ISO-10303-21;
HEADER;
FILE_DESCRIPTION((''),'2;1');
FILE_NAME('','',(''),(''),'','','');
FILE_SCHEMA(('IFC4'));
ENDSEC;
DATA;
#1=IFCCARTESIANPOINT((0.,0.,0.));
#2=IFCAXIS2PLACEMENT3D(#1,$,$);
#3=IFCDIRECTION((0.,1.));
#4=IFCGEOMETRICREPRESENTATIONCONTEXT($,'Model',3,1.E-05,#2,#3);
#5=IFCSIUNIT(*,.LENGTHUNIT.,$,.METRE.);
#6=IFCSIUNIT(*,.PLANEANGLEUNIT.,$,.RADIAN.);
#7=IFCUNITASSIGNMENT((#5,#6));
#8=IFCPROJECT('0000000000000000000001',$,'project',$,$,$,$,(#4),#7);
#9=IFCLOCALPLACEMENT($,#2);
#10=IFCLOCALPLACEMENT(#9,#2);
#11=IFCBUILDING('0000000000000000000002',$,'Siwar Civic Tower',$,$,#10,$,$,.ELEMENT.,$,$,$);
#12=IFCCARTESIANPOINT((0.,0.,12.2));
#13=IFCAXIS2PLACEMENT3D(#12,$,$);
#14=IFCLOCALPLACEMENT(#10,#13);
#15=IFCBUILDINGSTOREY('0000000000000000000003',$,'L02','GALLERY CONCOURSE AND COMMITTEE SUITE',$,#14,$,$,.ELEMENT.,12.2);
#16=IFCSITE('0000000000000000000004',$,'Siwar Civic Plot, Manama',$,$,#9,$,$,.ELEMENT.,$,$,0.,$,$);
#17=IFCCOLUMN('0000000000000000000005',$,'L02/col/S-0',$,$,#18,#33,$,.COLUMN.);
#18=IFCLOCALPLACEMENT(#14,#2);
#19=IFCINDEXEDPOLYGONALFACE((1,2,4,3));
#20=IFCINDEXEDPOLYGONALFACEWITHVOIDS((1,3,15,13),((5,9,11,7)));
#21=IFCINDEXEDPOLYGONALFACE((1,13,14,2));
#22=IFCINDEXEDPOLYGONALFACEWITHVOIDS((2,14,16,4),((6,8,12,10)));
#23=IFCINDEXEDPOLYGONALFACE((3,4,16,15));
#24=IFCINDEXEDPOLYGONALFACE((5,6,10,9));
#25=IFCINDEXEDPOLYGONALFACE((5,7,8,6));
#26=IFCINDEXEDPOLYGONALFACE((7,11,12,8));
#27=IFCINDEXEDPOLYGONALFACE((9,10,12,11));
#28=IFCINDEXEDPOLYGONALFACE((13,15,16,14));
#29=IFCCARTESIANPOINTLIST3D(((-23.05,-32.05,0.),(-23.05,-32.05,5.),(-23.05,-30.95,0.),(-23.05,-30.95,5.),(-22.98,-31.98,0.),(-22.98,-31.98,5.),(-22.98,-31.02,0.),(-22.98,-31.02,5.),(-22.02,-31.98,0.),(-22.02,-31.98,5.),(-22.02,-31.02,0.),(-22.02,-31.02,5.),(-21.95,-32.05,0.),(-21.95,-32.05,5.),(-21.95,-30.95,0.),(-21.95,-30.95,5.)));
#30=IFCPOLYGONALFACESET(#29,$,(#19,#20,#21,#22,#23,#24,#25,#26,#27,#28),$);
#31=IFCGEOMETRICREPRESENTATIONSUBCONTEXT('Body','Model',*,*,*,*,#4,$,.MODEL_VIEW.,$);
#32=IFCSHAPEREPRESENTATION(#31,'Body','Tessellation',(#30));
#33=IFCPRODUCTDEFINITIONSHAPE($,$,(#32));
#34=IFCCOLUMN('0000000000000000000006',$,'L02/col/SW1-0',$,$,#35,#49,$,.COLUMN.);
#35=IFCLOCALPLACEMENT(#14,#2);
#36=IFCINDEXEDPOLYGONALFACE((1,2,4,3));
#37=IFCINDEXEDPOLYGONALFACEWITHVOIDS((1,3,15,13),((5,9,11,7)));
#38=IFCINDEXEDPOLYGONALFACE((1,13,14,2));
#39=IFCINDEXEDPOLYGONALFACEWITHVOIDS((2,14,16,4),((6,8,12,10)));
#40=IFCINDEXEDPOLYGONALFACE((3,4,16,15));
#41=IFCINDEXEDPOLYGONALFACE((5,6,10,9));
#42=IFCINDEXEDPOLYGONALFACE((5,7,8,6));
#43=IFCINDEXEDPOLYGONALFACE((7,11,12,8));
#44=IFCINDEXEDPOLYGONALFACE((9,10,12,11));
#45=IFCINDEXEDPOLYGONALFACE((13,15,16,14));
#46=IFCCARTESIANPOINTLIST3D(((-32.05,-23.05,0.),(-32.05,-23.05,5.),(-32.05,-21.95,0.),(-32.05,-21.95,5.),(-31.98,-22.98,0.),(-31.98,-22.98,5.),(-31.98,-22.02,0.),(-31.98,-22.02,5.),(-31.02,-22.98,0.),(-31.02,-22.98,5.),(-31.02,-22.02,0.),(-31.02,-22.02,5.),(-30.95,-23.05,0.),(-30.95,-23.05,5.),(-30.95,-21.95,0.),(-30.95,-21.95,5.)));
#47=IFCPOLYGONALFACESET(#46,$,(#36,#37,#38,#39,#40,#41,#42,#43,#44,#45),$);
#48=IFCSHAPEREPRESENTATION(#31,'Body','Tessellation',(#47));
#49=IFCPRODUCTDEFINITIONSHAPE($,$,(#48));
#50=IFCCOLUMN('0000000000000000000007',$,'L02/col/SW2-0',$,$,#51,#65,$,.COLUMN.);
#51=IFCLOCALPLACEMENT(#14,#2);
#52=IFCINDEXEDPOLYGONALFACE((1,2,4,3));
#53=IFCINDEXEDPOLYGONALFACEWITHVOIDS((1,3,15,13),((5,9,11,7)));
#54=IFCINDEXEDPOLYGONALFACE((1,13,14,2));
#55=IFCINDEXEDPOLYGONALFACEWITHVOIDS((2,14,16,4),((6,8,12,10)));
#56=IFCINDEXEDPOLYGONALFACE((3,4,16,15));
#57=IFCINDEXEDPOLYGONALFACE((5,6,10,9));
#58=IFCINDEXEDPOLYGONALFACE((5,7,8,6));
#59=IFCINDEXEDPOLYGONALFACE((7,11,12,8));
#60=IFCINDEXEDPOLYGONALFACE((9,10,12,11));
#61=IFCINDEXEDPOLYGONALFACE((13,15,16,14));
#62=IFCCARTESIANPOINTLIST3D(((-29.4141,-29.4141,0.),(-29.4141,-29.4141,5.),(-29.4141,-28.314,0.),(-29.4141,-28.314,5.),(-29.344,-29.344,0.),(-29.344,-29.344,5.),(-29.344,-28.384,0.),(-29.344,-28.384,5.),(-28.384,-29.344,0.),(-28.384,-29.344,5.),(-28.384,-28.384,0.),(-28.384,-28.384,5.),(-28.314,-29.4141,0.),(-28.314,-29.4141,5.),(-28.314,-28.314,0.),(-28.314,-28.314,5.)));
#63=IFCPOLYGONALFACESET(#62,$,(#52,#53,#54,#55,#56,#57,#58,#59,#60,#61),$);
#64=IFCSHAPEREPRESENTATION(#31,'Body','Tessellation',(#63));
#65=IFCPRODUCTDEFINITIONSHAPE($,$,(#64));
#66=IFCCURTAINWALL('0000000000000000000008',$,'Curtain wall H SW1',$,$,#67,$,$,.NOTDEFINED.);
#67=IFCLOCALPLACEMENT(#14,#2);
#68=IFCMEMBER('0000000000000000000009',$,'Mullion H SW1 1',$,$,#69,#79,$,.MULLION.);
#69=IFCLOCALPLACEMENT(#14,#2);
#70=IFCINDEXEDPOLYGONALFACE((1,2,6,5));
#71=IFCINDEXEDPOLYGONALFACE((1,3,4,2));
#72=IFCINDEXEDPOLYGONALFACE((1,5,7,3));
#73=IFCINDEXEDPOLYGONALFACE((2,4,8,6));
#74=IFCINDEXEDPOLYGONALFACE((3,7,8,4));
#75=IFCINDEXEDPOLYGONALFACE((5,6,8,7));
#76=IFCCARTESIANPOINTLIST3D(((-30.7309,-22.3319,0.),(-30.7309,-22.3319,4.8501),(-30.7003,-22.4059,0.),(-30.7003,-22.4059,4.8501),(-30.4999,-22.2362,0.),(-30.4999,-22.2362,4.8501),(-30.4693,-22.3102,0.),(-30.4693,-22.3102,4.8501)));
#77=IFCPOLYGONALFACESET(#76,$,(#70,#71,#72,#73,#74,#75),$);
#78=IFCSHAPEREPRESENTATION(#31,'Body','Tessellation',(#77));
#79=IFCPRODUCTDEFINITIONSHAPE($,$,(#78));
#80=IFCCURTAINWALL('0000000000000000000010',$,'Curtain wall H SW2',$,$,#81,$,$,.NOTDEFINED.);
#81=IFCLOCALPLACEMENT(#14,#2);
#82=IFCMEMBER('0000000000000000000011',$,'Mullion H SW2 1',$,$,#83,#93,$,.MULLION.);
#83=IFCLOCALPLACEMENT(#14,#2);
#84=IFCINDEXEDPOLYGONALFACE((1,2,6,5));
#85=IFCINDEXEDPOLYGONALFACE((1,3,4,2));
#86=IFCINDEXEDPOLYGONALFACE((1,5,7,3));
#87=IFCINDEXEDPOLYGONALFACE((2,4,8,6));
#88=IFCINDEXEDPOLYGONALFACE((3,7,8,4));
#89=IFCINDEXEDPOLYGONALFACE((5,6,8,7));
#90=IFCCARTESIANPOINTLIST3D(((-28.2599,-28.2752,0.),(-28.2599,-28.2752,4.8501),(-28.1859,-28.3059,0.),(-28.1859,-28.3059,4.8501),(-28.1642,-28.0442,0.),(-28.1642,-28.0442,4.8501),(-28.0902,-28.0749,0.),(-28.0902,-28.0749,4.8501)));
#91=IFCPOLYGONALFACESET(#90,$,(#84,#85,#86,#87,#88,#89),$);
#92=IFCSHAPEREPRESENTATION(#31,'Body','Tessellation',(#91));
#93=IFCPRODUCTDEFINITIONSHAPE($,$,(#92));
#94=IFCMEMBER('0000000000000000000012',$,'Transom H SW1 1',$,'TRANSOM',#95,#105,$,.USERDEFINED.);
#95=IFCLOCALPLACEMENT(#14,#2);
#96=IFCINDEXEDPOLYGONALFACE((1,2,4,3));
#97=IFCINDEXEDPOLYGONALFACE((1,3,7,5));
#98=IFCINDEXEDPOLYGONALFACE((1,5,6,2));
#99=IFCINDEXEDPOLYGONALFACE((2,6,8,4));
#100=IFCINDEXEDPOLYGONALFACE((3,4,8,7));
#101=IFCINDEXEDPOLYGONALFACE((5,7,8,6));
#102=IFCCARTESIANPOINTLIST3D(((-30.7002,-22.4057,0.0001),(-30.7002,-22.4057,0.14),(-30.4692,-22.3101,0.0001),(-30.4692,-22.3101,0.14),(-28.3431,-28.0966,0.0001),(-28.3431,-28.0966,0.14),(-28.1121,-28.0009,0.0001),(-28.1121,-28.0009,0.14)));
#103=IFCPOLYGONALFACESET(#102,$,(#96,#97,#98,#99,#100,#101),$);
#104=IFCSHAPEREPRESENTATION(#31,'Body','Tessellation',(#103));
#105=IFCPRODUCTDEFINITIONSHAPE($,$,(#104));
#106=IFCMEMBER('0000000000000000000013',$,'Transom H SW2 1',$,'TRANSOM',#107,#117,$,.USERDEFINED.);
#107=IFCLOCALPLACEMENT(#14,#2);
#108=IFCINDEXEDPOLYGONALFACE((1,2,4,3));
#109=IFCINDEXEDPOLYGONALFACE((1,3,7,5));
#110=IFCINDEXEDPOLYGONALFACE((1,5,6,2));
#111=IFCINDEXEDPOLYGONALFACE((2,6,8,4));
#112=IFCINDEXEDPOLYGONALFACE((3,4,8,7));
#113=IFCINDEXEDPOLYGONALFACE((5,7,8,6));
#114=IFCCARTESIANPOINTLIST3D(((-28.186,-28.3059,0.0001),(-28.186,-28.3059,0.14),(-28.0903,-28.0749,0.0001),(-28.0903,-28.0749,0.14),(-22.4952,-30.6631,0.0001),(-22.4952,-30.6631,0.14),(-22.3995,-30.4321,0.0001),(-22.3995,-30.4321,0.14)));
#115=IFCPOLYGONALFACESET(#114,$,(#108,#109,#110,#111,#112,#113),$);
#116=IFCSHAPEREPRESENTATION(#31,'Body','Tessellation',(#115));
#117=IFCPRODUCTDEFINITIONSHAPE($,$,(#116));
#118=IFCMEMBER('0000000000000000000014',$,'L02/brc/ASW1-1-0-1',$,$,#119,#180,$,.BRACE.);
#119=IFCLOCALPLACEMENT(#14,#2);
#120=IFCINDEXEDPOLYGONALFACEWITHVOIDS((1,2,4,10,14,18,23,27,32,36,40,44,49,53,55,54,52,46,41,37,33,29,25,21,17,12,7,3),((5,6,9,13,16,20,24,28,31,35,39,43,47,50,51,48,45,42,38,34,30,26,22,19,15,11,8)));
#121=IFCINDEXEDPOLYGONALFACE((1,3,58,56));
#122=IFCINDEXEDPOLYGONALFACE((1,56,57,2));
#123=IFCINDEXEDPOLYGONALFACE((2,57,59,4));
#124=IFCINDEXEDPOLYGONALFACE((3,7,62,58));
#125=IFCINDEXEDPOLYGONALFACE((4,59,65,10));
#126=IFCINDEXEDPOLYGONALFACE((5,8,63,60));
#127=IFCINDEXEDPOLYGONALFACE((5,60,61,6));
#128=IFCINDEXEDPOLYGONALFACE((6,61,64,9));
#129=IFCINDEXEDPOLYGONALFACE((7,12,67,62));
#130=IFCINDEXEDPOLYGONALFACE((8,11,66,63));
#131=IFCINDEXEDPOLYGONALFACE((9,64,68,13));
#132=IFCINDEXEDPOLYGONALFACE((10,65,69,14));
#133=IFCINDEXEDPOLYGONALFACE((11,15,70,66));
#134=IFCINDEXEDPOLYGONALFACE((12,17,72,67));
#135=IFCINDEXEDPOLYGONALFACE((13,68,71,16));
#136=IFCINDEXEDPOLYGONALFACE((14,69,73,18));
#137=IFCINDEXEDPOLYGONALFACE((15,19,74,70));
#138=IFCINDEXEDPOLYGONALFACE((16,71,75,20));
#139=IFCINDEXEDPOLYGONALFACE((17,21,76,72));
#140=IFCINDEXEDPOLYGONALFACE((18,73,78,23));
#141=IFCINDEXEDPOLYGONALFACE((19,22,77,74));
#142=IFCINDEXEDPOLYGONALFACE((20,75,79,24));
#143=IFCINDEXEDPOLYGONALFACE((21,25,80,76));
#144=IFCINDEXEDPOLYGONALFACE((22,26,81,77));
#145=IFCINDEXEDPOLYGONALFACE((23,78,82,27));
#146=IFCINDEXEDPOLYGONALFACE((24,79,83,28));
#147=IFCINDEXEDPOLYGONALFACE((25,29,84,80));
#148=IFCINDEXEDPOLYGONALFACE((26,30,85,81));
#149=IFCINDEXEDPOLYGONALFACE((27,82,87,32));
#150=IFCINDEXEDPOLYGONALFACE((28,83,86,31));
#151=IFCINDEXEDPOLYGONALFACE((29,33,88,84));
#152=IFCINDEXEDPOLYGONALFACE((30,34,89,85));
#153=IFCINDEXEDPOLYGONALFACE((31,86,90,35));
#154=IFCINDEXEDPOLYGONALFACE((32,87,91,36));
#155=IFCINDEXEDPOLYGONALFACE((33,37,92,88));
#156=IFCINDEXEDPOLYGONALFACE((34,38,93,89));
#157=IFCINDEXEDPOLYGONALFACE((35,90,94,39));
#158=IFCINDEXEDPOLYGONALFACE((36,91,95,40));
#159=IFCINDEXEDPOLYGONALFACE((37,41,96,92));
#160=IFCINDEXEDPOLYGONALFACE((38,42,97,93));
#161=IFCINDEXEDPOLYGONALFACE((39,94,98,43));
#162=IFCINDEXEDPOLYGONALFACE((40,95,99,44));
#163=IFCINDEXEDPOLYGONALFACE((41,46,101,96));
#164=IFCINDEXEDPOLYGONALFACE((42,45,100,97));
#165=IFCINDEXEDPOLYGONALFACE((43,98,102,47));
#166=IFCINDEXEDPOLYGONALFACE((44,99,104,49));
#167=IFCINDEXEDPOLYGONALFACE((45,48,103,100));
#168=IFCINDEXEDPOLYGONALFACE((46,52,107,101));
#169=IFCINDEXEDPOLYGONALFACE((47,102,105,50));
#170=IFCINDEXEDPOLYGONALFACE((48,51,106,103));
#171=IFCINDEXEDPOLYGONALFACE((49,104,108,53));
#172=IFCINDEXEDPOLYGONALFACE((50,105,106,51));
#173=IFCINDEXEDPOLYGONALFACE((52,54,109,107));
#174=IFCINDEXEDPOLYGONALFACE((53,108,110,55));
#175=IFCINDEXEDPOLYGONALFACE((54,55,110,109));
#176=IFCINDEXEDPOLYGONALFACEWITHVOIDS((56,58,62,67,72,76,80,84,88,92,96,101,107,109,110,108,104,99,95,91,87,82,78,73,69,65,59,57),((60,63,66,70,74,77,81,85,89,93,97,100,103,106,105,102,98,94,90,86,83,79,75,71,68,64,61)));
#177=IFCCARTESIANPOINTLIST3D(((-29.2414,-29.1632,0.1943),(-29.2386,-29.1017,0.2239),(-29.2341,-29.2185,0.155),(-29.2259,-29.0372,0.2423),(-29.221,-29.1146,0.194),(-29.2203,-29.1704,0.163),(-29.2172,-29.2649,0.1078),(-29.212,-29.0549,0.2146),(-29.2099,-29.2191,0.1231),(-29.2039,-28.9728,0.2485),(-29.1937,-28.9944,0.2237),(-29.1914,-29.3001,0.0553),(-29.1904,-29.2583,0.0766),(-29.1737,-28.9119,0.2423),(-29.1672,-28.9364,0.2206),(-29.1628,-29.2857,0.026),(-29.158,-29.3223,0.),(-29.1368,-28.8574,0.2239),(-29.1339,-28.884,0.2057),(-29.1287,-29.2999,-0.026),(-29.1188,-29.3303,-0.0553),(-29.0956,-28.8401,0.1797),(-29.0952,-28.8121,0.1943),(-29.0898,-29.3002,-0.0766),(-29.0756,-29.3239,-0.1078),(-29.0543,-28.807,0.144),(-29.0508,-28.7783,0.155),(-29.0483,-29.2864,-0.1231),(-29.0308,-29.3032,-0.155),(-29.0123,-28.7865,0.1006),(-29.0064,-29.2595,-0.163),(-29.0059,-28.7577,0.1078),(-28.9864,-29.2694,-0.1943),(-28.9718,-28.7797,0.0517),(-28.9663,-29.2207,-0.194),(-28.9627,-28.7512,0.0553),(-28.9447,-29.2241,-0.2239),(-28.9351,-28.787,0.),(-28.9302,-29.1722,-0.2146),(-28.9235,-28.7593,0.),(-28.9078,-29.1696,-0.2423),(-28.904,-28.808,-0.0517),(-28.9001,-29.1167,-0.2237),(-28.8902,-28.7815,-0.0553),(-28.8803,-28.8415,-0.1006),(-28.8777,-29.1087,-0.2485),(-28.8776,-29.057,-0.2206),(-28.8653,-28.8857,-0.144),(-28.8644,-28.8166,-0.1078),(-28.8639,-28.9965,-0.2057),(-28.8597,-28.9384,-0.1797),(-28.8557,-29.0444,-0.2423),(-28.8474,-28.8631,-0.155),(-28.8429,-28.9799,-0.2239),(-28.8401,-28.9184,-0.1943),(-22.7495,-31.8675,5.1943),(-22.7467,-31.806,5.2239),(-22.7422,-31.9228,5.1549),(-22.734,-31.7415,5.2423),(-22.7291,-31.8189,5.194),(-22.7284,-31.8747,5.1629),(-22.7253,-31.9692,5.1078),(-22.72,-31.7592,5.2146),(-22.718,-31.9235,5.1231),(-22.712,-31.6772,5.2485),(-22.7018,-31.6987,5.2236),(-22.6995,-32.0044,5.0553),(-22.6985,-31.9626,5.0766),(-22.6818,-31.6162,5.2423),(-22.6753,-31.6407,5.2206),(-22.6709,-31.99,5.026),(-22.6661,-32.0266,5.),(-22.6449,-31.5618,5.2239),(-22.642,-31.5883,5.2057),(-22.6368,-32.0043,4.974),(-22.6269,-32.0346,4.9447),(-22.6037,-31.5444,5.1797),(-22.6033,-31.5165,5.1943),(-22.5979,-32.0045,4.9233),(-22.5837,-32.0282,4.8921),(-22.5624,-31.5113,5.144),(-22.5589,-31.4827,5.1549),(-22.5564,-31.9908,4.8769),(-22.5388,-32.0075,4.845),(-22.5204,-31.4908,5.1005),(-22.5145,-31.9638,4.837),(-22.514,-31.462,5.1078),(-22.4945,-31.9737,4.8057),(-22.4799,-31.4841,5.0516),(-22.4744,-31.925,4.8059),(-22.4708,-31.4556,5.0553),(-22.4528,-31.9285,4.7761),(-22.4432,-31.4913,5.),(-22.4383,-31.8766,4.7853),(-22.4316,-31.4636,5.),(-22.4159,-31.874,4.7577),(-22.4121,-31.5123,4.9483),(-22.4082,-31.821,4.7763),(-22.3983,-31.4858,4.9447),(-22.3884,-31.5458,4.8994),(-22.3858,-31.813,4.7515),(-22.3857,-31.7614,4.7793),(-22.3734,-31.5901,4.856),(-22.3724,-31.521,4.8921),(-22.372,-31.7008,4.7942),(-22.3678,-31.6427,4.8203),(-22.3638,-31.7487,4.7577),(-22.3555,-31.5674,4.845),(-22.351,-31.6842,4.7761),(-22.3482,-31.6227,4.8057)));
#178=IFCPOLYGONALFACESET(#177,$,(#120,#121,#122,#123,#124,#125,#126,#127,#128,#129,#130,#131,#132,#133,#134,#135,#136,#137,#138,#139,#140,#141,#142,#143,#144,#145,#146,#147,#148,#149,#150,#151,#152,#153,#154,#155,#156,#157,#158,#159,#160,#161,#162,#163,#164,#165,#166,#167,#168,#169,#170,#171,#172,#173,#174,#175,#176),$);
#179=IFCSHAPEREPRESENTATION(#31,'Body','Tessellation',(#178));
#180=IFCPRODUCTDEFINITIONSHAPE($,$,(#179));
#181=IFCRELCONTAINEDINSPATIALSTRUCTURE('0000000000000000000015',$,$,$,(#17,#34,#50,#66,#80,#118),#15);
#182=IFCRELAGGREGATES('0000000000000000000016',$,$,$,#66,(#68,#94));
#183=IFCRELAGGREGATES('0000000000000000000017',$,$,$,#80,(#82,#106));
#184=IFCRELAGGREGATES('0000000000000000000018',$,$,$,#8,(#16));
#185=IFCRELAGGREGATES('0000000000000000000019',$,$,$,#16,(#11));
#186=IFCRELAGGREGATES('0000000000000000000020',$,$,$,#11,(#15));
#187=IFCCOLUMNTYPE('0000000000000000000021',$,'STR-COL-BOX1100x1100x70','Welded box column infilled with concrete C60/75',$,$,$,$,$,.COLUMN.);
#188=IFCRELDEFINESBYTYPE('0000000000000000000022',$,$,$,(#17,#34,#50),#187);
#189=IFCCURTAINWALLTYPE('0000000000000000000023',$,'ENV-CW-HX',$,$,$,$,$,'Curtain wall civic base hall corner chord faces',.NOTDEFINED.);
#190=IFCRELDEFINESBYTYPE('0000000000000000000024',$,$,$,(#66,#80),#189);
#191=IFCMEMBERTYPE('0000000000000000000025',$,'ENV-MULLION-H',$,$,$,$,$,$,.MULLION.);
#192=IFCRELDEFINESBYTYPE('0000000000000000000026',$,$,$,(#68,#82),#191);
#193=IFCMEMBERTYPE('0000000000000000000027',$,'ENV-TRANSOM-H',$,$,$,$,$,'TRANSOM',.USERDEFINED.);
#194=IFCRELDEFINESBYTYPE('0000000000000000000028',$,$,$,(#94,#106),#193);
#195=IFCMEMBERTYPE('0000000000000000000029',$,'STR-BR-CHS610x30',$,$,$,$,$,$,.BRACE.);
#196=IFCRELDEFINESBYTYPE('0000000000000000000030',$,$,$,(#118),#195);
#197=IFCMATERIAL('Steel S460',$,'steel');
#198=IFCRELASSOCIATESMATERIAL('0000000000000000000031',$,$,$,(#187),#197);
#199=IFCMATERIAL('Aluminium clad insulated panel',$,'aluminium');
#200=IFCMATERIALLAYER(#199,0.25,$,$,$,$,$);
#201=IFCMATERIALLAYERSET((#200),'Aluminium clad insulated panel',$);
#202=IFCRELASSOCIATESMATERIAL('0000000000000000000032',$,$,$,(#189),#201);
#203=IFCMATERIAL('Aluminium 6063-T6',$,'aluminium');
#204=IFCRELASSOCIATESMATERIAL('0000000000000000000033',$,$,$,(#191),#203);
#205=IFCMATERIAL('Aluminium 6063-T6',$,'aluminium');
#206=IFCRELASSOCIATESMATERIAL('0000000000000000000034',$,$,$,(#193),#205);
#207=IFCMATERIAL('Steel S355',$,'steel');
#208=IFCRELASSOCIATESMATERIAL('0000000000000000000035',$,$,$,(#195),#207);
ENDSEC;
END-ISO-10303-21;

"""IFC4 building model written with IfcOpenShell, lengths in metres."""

from ifc_helpers import new_model, si_unit, direction, frame, origin, origin_2d, place, context, subcontext, project, spatial, rectangle, hollow_rectangle, hollow_circle, extrude, material, layer, layer_set, material_profile, profile_set, type_object, element, aggregate, save


model = new_model("IFC4")

# Units and contexts
model_context = context("Model", 3, precision=1e-05, world=origin(), true_north=direction((0.0, 1.0)))
body_context = subcontext(model_context, "Body", "Model", "MODEL_VIEW")
ifc_project = project(units=[si_unit("LENGTHUNIT", "METRE"), si_unit("PLANEANGLEUNIT", "RADIAN")], contexts=[model_context])

# Site, building, storey
site_placement = place(None, origin())
site = spatial("IfcSite", under=ifc_project, at=site_placement, Name="Siwar Civic Plot, Manama", CompositionType="ELEMENT", RefElevation=0.0)
building_placement = place(site_placement, origin())
building = spatial("IfcBuilding", under=site, at=building_placement, Name="Siwar Civic Tower", CompositionType="ELEMENT")
storey_placement = place(building_placement, frame((0.0, 0.0, 12.2)))
storey = spatial("IfcBuildingStorey", under=building, at=storey_placement, Name="L02", Description="GALLERY CONCOURSE AND COMMITTEE SUITE", CompositionType="ELEMENT", Elevation=12.2)

# Columns
ifc_material_1 = material(Name="Steel S460", Category="steel")
ifc_material_profile_1 = material_profile(ifc_material_1, hollow_rectangle(XDim=1.1001, YDim=1.1001, WallThickness=0.0701, at=origin_2d()), Name="BOX1100x1100x70")
ifc_profile_set_1 = profile_set([ifc_material_profile_1], Name="Steel S460")
column_type = type_object("IfcColumnType", Name="STR-COL-BOX1100x1100x70", Description="Welded box column infilled with concrete C60/75", PredefinedType="COLUMN", material=ifc_profile_set_1)
for number, where, z_axis, x_axis, name in (
    (1, (-22.5, -31.5, 0.0), (0.0, 0.0, 1.0), (1.0, 0.0, 0.0), "L02/col/S-0"),
    (2, (-31.5, -22.5, 0.0), (0.0, 0.0, 1.0), (1.0, 0.0, 0.0), "L02/col/SW1-0"),
    (3, (-28.864, -28.864, 0.0), (0.0, 0.0, 1.0), (1.0, 0.0, 0.0), "L02/col/SW2-0"),
):
    element("IfcColumn", number, at=place(storey_placement, frame(where, z_axis=z_axis, x_axis=x_axis)), inside=storey, type_object=column_type, Name=name, PredefinedType="COLUMN", context=body_context, shape_type="SweptSolid", body=[
        extrude(hollow_rectangle(XDim=1.1001, YDim=1.1001, WallThickness=0.0701, at=origin_2d()), origin(), (0.0, 0.0, 1.0), 5.0),
    ])

# Curtain walls, members
ifc_material_2 = material(Name="Aluminium clad insulated panel", Category="aluminium")
ifc_layer_1 = layer(ifc_material_2, 0.25)
ifc_layer_set_1 = layer_set([ifc_layer_1], Name="Aluminium clad insulated panel")
curtain_wall_type = type_object("IfcCurtainWallType", Name="ENV-CW-HX", ElementType="Curtain wall civic base hall corner chord faces", PredefinedType="NOTDEFINED", material=ifc_layer_set_1)
curtain_wall_1_placement = place(storey_placement, origin())
curtain_wall_1 = element("IfcCurtainWall", 4, at=curtain_wall_1_placement, inside=storey, type_object=curtain_wall_type, Name="Curtain wall H SW1", PredefinedType="NOTDEFINED")
ifc_material_3 = material(Name="Aluminium 6063-T6", Category="aluminium")
ifc_material_profile_2 = material_profile(ifc_material_3, rectangle(XDim=0.25, YDim=0.0801, at=origin_2d()), Name="AL 250x80")
ifc_profile_set_2 = profile_set([ifc_material_profile_2], Name="Aluminium 6063-T6")
member_type_1 = type_object("IfcMemberType", Name="ENV-MULLION-H", PredefinedType="MULLION", material=ifc_profile_set_2)
member_1_placement = place(storey_placement, frame((-30.6001, -22.321, 0.0), z_axis=(0.0, 0.0, 1.0), x_axis=(0.92388, 0.382683, 0.0)))
member_1 = element("IfcMember", 5, at=member_1_placement, type_object=member_type_1, Name="Mullion H SW1 1", PredefinedType="MULLION", context=body_context, shape_type="SweptSolid", body=[
    extrude(rectangle(XDim=0.25, YDim=0.0801, at=origin_2d()), origin(), (0.0, 0.0, 1.0), 4.8501),
])
curtain_wall_2_placement = place(storey_placement, origin())
curtain_wall_2 = element("IfcCurtainWall", 6, at=curtain_wall_2_placement, inside=storey, type_object=curtain_wall_type, Name="Curtain wall H SW2", PredefinedType="NOTDEFINED")
member_2_placement = place(storey_placement, frame((-28.175, -28.175, 0.0), z_axis=(0.0, 0.0, 1.0), x_axis=(0.382683, 0.92388, 0.0)))
member_2 = element("IfcMember", 7, at=member_2_placement, type_object=member_type_1, Name="Mullion H SW2 1", PredefinedType="MULLION", context=body_context, shape_type="SweptSolid", body=[
    extrude(rectangle(XDim=0.25, YDim=0.0801, at=origin_2d()), origin(), (0.0, 0.0, 1.0), 4.8501),
])

# Members
ifc_material_4 = material(Name="Aluminium 6063-T6", Category="aluminium")
ifc_material_profile_3 = material_profile(ifc_material_4, rectangle(XDim=0.25, YDim=0.1399, at=origin_2d()), Name="AL 250x140")
ifc_profile_set_3 = profile_set([ifc_material_profile_3], Name="Aluminium 6063-T6")
member_type_2 = type_object("IfcMemberType", Name="ENV-TRANSOM-H", ElementType="TRANSOM", PredefinedType="USERDEFINED", material=ifc_profile_set_3)
member_3_placement = place(storey_placement, frame((-30.5847, -22.3579, 0.0701), z_axis=(0.382673, -0.923884, 0.0), x_axis=(0.923884, 0.382673, 0.0)))
member_3 = element("IfcMember", 8, at=member_3_placement, type_object=member_type_2, Name="Transom H SW1 1", ObjectType="TRANSOM", PredefinedType="USERDEFINED", context=body_context, shape_type="SweptSolid", body=[
    extrude(rectangle(XDim=0.25, YDim=0.1399, at=origin_2d()), origin(), (0.0, 0.0, 1.0), 6.1597),
])
member_4_placement = place(storey_placement, frame((-28.1382, -28.1904, 0.0701), z_axis=(0.923884, -0.382673, 0.0), x_axis=(0.382673, 0.923884, 0.0)))
member_4 = element("IfcMember", 9, at=member_4_placement, type_object=member_type_2, Name="Transom H SW2 1", ObjectType="TRANSOM", PredefinedType="USERDEFINED", context=body_context, shape_type="SweptSolid", body=[
    extrude(rectangle(XDim=0.25, YDim=0.1399, at=origin_2d()), origin(), (0.0, 0.0, 1.0), 6.1597),
])

# Member
ifc_material_5 = material(Name="Steel S355", Category="steel")
ifc_material_profile_4 = material_profile(ifc_material_5, hollow_circle(Radius=0.3049, WallThickness=0.03, at=origin_2d()), Name="CHS610x30")
ifc_profile_set_4 = profile_set([ifc_material_profile_4], Name="Steel S355")
member_type_3 = type_object("IfcMemberType", Name="STR-BR-CHS610x30", PredefinedType="BRACE", material=ifc_profile_set_4)
member_5_placement = place(storey_placement, frame((-29.0408, -29.0408, 0.0), z_axis=(0.752344, -0.313404, 0.579445), x_axis=(0.384539, 0.923109, 0.0)))
element("IfcMember", 10, at=member_5_placement, inside=storey, type_object=member_type_3, Name="L02/brc/ASW1-1-0-1", PredefinedType="BRACE", context=body_context, shape_type="SweptSolid", body=[
    extrude(hollow_circle(Radius=0.3049, WallThickness=0.03, at=origin_2d()), origin(), (0.0, 0.0, 1.0), 8.6289),
])

aggregate(curtain_wall_1, [member_1, member_3])
aggregate(curtain_wall_2, [member_2, member_4])

save(model, "model.ifc")
